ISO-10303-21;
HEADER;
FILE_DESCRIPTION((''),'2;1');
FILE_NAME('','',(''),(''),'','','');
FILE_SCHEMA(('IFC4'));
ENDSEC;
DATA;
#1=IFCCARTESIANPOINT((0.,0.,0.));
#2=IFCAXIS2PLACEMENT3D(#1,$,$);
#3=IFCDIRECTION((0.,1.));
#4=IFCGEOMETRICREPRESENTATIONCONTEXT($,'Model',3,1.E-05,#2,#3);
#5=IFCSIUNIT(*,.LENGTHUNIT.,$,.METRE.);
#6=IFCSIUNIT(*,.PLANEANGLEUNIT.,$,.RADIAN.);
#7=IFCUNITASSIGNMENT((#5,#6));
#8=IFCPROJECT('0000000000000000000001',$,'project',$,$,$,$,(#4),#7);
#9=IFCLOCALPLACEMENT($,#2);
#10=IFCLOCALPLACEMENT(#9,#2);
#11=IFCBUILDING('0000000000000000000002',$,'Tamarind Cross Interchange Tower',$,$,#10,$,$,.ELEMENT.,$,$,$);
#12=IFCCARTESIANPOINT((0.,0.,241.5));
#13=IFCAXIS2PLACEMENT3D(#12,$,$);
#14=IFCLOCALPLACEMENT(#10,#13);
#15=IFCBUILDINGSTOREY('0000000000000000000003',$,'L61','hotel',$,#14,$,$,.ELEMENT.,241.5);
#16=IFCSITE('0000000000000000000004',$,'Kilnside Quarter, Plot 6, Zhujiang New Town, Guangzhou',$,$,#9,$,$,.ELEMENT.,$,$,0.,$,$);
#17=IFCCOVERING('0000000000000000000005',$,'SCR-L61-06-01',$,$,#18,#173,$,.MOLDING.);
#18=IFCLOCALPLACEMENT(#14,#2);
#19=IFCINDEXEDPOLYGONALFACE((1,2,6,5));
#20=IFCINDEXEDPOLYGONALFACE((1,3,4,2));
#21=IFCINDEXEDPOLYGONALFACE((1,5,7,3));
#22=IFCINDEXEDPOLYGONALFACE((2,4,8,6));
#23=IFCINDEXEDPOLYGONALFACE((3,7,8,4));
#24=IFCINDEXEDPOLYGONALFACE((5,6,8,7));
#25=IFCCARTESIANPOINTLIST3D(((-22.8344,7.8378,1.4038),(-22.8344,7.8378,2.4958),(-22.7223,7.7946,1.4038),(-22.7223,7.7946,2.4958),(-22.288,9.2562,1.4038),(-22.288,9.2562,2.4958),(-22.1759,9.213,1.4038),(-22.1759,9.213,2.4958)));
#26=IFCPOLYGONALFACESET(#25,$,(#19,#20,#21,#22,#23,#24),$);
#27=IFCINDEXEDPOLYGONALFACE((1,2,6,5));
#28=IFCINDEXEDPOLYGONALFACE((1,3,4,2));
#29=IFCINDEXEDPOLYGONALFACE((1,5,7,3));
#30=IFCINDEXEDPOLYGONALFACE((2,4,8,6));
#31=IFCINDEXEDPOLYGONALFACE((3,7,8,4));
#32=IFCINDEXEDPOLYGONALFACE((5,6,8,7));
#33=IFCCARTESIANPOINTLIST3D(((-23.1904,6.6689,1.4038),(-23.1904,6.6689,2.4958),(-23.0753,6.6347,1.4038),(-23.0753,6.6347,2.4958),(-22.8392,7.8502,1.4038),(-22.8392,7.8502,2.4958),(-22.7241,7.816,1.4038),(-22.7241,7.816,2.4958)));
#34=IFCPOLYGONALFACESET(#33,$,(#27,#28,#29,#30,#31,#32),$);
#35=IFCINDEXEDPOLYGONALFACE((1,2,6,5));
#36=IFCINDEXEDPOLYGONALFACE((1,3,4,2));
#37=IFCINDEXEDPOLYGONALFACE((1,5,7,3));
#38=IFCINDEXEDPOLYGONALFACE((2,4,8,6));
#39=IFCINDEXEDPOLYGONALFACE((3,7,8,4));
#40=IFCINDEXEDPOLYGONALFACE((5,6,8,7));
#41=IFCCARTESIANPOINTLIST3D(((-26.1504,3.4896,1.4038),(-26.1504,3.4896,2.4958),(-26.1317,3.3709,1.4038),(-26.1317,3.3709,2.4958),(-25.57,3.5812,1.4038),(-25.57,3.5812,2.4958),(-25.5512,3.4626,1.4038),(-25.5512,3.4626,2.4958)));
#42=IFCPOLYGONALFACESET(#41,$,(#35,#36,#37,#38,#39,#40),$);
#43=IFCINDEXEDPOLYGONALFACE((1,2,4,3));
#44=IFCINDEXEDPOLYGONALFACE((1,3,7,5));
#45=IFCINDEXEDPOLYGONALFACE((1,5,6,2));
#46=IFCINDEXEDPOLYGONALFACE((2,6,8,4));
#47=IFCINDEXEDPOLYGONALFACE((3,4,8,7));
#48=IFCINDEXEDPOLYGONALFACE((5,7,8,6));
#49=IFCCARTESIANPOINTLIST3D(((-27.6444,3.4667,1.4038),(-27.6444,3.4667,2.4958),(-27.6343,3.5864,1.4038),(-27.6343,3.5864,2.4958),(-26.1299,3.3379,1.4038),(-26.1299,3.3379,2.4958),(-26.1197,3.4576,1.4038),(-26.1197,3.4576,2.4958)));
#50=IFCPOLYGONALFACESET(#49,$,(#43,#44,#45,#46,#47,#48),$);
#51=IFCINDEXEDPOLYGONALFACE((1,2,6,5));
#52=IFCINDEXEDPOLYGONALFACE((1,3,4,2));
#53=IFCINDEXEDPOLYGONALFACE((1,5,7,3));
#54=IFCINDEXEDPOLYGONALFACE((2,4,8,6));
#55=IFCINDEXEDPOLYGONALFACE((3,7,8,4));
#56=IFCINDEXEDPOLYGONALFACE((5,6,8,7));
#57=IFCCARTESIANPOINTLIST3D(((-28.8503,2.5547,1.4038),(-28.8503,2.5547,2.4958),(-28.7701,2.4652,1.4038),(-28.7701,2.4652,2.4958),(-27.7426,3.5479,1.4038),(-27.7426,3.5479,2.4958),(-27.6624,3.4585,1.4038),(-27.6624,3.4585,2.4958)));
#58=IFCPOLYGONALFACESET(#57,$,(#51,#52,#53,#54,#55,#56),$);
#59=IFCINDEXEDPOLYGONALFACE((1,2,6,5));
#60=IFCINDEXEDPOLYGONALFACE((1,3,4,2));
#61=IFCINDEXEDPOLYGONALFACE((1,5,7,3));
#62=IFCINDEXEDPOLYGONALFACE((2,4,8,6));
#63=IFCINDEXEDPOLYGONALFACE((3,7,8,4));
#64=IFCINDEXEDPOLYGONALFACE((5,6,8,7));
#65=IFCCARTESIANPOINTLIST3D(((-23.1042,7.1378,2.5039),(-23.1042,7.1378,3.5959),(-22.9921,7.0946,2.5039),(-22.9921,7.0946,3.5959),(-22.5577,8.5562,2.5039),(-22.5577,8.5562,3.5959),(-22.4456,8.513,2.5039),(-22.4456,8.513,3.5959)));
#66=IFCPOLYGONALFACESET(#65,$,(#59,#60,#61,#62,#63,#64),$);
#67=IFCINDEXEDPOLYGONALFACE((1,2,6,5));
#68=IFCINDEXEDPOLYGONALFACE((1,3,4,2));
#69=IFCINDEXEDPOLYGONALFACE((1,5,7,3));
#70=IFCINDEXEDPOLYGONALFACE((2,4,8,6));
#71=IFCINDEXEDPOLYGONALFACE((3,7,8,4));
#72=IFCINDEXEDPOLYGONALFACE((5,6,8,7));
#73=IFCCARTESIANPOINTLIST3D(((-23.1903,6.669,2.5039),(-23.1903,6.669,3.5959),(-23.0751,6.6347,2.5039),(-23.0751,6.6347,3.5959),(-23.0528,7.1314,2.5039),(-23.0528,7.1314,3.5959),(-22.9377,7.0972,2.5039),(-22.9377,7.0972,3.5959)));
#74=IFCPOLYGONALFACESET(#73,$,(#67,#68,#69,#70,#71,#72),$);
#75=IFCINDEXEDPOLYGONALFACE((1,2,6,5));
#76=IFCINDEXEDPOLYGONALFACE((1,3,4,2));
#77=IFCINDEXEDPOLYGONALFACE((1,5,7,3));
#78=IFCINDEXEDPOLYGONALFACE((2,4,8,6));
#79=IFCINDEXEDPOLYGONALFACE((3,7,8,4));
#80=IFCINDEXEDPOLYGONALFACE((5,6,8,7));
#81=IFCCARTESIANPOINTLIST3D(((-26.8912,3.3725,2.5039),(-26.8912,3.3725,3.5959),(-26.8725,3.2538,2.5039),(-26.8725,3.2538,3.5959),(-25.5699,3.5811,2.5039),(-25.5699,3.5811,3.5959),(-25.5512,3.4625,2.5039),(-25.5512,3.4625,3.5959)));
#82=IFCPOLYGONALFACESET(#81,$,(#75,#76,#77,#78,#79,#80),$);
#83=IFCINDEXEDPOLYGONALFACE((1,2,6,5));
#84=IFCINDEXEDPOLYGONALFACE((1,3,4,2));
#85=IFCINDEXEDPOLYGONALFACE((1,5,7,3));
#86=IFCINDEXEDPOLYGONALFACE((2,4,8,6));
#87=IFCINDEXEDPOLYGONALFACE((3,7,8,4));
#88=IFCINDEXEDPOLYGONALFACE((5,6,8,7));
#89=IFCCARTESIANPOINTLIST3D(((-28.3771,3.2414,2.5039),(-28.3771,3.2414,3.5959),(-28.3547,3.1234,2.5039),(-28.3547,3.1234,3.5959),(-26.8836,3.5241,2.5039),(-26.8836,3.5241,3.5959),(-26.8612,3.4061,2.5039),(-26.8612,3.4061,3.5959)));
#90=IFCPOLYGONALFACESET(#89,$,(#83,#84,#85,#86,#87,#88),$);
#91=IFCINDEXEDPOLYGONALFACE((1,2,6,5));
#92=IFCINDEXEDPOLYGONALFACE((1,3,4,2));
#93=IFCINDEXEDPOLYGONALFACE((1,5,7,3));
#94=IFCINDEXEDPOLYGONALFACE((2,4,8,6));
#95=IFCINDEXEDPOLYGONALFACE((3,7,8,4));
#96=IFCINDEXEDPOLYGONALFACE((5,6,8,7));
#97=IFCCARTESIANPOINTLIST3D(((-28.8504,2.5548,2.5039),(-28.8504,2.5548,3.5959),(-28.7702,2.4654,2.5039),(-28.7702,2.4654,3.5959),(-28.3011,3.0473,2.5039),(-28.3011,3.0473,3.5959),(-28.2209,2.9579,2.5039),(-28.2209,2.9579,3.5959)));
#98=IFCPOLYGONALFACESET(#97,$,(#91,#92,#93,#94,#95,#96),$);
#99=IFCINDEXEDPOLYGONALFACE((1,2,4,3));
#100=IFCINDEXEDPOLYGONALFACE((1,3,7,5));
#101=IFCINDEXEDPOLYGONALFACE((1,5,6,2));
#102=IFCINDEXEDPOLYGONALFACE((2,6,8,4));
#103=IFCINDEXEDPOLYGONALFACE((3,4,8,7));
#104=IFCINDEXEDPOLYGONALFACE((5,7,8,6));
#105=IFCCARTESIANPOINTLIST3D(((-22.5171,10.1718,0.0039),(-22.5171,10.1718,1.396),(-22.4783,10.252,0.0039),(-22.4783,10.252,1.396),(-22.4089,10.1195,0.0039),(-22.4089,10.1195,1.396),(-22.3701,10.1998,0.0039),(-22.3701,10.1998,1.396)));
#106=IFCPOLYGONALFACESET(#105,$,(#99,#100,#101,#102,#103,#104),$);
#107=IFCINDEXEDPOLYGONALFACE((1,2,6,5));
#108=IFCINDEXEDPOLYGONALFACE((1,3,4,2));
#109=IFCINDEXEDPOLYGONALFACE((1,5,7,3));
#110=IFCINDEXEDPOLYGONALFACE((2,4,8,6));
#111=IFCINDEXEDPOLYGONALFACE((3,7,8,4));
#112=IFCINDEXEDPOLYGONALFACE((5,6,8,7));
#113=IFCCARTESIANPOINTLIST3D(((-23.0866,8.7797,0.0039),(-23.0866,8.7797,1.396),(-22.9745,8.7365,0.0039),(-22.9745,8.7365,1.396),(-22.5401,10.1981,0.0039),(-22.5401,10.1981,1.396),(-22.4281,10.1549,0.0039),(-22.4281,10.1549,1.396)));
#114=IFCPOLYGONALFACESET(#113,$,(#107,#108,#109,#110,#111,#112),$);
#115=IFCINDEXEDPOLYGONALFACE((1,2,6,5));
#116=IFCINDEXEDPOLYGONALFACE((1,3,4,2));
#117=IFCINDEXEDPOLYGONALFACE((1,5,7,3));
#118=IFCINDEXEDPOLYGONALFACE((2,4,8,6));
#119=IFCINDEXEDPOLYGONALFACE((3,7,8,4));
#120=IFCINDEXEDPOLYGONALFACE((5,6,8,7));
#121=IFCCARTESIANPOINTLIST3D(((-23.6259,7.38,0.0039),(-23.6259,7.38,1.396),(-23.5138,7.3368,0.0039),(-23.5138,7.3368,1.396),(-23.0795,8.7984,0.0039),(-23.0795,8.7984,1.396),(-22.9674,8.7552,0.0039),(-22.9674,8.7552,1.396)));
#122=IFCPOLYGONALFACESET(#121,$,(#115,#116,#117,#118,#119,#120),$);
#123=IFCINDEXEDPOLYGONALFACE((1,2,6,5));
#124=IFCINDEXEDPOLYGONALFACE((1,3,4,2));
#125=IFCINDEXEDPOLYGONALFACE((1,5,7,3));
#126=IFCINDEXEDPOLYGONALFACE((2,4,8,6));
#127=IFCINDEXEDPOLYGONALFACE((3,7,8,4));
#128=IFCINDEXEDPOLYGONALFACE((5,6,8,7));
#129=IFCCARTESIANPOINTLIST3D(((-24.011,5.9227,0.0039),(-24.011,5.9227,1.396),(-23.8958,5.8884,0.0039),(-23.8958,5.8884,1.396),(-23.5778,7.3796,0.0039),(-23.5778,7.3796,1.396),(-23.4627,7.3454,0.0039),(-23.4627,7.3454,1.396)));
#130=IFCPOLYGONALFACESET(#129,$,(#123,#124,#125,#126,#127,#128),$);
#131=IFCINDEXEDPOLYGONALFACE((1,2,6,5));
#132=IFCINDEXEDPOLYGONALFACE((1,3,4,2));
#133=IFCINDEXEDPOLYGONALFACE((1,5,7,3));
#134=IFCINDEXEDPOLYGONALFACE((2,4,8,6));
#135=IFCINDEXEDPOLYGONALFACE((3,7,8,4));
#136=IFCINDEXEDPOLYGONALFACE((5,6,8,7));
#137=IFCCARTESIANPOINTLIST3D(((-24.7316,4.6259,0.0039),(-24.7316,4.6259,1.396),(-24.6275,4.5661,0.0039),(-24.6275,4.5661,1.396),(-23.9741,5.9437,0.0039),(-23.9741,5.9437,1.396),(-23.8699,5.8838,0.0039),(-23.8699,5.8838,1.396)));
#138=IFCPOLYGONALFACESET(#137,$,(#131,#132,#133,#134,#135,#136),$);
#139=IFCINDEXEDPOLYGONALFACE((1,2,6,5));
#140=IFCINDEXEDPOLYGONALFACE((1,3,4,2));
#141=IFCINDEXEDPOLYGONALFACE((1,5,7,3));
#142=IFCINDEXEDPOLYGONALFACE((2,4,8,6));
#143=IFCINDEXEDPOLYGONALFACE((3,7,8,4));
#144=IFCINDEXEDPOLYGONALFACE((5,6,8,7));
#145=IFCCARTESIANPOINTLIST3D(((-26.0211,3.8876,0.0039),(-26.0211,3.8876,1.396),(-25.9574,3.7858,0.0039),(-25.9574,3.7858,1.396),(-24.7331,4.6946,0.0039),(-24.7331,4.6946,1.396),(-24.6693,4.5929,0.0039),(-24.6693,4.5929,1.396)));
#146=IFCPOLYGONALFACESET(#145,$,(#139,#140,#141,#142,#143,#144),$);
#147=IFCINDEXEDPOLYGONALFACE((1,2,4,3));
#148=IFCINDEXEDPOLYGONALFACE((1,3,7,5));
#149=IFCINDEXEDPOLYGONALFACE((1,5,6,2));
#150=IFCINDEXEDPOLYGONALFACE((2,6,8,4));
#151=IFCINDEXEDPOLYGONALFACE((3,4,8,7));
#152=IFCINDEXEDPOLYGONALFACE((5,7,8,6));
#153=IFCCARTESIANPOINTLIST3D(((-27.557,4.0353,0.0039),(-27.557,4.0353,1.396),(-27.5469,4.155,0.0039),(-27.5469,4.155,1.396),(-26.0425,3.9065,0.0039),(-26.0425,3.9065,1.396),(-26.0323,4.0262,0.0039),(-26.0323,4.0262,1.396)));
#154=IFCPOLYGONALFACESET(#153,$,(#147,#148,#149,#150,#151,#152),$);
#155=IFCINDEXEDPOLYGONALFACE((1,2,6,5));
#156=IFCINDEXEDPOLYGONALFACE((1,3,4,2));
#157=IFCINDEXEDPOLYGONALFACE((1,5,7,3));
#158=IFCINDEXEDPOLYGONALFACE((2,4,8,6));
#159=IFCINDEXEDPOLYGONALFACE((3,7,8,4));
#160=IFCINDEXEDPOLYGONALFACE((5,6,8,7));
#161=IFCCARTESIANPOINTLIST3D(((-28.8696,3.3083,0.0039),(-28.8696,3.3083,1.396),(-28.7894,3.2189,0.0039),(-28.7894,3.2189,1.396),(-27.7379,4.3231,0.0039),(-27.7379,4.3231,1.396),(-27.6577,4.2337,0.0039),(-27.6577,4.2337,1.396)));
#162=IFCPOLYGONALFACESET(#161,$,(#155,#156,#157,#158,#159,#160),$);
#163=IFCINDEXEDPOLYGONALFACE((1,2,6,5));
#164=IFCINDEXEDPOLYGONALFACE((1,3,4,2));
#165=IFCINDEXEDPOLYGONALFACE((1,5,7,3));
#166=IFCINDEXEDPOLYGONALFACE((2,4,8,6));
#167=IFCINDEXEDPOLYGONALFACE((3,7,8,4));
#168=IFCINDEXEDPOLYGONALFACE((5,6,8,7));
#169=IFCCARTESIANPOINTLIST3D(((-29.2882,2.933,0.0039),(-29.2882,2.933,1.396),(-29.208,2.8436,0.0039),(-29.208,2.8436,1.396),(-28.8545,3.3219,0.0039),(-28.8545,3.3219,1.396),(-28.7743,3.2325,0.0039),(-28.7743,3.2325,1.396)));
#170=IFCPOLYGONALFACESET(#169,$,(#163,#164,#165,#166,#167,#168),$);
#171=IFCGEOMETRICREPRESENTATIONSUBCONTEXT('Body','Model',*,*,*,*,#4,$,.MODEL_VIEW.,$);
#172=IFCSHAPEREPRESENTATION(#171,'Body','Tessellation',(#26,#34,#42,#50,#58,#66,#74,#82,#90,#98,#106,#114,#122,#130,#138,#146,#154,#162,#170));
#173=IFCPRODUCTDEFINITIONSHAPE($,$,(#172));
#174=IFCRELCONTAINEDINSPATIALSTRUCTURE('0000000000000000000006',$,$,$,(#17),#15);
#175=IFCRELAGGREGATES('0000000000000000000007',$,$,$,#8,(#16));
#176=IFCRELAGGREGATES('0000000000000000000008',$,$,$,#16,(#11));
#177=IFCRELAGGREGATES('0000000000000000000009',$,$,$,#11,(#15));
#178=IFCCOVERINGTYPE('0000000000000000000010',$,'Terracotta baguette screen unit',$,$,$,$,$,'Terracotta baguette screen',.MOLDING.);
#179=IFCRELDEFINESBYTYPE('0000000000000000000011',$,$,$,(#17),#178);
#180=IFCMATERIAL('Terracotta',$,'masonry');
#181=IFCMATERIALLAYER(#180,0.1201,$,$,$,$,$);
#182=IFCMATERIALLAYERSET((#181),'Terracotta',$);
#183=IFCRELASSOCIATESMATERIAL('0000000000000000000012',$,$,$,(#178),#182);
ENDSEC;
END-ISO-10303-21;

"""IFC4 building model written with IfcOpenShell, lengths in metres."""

from ifc_helpers import new_model, si_unit, direction, frame, origin, origin_2d, place, context, subcontext, project, spatial, rectangle, extrude, material, layer, layer_set, type_object, element, save


model = new_model("IFC4")

# Units and contexts
model_context = context("Model", 3, precision=1e-05, world=origin(), true_north=direction((0.0, 1.0)))
body_context = subcontext(model_context, "Body", "Model", "MODEL_VIEW")
ifc_project = project(units=[si_unit("LENGTHUNIT", "METRE"), si_unit("PLANEANGLEUNIT", "RADIAN")], contexts=[model_context])

# Site, building, storey
site_placement = place(None, origin())
site = spatial("IfcSite", under=ifc_project, at=site_placement, Name="Kilnside Quarter, Plot 6, Zhujiang New Town, Guangzhou", CompositionType="ELEMENT", RefElevation=0.0)
building_placement = place(site_placement, origin())
building = spatial("IfcBuilding", under=site, at=building_placement, Name="Tamarind Cross Interchange Tower", CompositionType="ELEMENT")
storey_placement = place(building_placement, frame((0.0, 0.0, 241.5)))
storey = spatial("IfcBuildingStorey", under=building, at=storey_placement, Name="L61", Description="hotel", CompositionType="ELEMENT", Elevation=241.5)

# Covering
ifc_material_1 = material(Name="Terracotta", Category="masonry")
ifc_layer_1 = layer(ifc_material_1, 0.1201)
ifc_layer_set_1 = layer_set([ifc_layer_1], Name="Terracotta")
covering_type = type_object("IfcCoveringType", Name="Terracotta baguette screen unit", ElementType="Terracotta baguette screen", PredefinedType="MOLDING", material=ifc_layer_set_1)
covering_1_placement = place(storey_placement, origin())
element("IfcCovering", 1, at=covering_1_placement, inside=storey, type_object=covering_type, Name="SCR-L61-06-01", PredefinedType="MOLDING", context=body_context, shape_type="SweptSolid", body=[
    extrude(rectangle(XDim=1.52, YDim=0.1201, at=origin_2d()), frame((-22.5051, 8.5254, 1.4038), z_axis=(0.0, 0.0, 1.0), x_axis=(-0.359495, -0.933147, 0.0)), (0.0, 0.0, 1.0), 1.092),
    extrude(rectangle(XDim=1.2324, YDim=0.1201, at=origin_2d()), frame((-22.9573, 7.2424, 1.4038), z_axis=(0.0, 0.0, 1.0), x_axis=(-0.284975, -0.958535, 0.0)), (0.0, 0.0, 1.0), 1.092),
    extrude(rectangle(XDim=0.5876, YDim=0.1201, at=origin_2d()), frame((-25.8508, 3.4761, 1.4038), z_axis=(0.0, 0.0, 1.0), x_axis=(-0.987759, -0.15599, 0.0)), (0.0, 0.0, 1.0), 1.092),
    extrude(rectangle(XDim=1.52, YDim=0.1201, at=origin_2d()), frame((-26.8821, 3.4622, 1.4038), z_axis=(0.0, 0.0, 1.0), x_axis=(-0.996401, 0.084765, 0.0)), (0.0, 0.0, 1.0), 1.092),
    extrude(rectangle(XDim=1.4878, YDim=0.1201, at=origin_2d()), frame((-28.2563, 3.0066, 1.4038), z_axis=(0.0, 0.0, 1.0), x_axis=(-0.744517, -0.667603, 0.0)), (0.0, 0.0, 1.0), 1.092),
    extrude(rectangle(XDim=1.52, YDim=0.1201, at=origin_2d()), frame((-22.7749, 7.8254, 2.5039), z_axis=(0.0, 0.0, 1.0), x_axis=(-0.359495, -0.933147, 0.0)), (0.0, 0.0, 1.0), 1.092),
    extrude(rectangle(XDim=0.4824, YDim=0.1201, at=origin_2d()), frame((-23.064, 6.8831, 2.5039), z_axis=(0.0, 0.0, 1.0), x_axis=(-0.284975, -0.958535, 0.0)), (0.0, 0.0, 1.0), 1.092),
    extrude(rectangle(XDim=1.3376, YDim=0.1201, at=origin_2d()), frame((-26.2212, 3.4175, 2.5039), z_axis=(0.0, 0.0, 1.0), x_axis=(-0.987759, -0.15599, 0.0)), (0.0, 0.0, 1.0), 1.092),
    extrude(rectangle(XDim=1.52, YDim=0.1201, at=origin_2d()), frame((-27.6191, 3.3237, 2.5039), z_axis=(0.0, 0.0, 1.0), x_axis=(-0.982551, -0.185994, 0.0)), (0.0, 0.0, 1.0), 1.092),
    extrude(rectangle(XDim=0.7378, YDim=0.1201, at=origin_2d()), frame((-28.5356, 2.7563, 2.5039), z_axis=(0.0, 0.0, 1.0), x_axis=(-0.744517, -0.667603, 0.0)), (0.0, 0.0, 1.0), 1.092),
    extrude(rectangle(XDim=0.0891, YDim=0.1201, at=origin_2d()), frame((-22.4436, 10.1858, 0.0039), z_axis=(0.0, 0.0, 1.0), x_axis=(-0.435326, -0.900273, 0.0)), (0.0, 0.0, 1.0), 1.3921),
    extrude(rectangle(XDim=1.52, YDim=0.1201, at=origin_2d()), frame((-22.7573, 9.4673, 0.0039), z_axis=(0.0, 0.0, 1.0), x_axis=(-0.359495, -0.933147, 0.0)), (0.0, 0.0, 1.0), 1.3921),
    extrude(rectangle(XDim=1.52, YDim=0.1201, at=origin_2d()), frame((-23.2966, 8.0676, 0.0039), z_axis=(0.0, 0.0, 1.0), x_axis=(-0.359495, -0.933147, 0.0)), (0.0, 0.0, 1.0), 1.3921),
    extrude(rectangle(XDim=1.52, YDim=0.1201, at=origin_2d()), frame((-23.7368, 6.634, 0.0039), z_axis=(0.0, 0.0, 1.0), x_axis=(-0.284975, -0.958535, 0.0)), (0.0, 0.0, 1.0), 1.3921),
    extrude(rectangle(XDim=1.52, YDim=0.1201, at=origin_2d()), frame((-24.3008, 5.2549, 0.0039), z_axis=(0.0, 0.0, 1.0), x_axis=(-0.498409, -0.866942, 0.0)), (0.0, 0.0, 1.0), 1.3921),
    extrude(rectangle(XDim=1.52, YDim=0.1201, at=origin_2d()), frame((-25.3452, 4.2402, 0.0039), z_axis=(0.0, 0.0, 1.0), x_axis=(-0.847415, -0.530931, 0.0)), (0.0, 0.0, 1.0), 1.3921),
    extrude(rectangle(XDim=1.52, YDim=0.1201, at=origin_2d()), frame((-26.7947, 4.0308, 0.0039), z_axis=(0.0, 0.0, 1.0), x_axis=(-0.996401, 0.084765, 0.0)), (0.0, 0.0, 1.0), 1.3921),
    extrude(rectangle(XDim=1.52, YDim=0.1201, at=origin_2d()), frame((-28.2637, 3.771, 0.0039), z_axis=(0.0, 0.0, 1.0), x_axis=(-0.744517, -0.667603, 0.0)), (0.0, 0.0, 1.0), 1.3921),
    extrude(rectangle(XDim=0.5825, YDim=0.1201, at=origin_2d()), frame((-29.0312, 3.0828, 0.0039), z_axis=(0.0, 0.0, 1.0), x_axis=(-0.744517, -0.667603, 0.0)), (0.0, 0.0, 1.0), 1.3921),
])

save(model, "model.ifc")
